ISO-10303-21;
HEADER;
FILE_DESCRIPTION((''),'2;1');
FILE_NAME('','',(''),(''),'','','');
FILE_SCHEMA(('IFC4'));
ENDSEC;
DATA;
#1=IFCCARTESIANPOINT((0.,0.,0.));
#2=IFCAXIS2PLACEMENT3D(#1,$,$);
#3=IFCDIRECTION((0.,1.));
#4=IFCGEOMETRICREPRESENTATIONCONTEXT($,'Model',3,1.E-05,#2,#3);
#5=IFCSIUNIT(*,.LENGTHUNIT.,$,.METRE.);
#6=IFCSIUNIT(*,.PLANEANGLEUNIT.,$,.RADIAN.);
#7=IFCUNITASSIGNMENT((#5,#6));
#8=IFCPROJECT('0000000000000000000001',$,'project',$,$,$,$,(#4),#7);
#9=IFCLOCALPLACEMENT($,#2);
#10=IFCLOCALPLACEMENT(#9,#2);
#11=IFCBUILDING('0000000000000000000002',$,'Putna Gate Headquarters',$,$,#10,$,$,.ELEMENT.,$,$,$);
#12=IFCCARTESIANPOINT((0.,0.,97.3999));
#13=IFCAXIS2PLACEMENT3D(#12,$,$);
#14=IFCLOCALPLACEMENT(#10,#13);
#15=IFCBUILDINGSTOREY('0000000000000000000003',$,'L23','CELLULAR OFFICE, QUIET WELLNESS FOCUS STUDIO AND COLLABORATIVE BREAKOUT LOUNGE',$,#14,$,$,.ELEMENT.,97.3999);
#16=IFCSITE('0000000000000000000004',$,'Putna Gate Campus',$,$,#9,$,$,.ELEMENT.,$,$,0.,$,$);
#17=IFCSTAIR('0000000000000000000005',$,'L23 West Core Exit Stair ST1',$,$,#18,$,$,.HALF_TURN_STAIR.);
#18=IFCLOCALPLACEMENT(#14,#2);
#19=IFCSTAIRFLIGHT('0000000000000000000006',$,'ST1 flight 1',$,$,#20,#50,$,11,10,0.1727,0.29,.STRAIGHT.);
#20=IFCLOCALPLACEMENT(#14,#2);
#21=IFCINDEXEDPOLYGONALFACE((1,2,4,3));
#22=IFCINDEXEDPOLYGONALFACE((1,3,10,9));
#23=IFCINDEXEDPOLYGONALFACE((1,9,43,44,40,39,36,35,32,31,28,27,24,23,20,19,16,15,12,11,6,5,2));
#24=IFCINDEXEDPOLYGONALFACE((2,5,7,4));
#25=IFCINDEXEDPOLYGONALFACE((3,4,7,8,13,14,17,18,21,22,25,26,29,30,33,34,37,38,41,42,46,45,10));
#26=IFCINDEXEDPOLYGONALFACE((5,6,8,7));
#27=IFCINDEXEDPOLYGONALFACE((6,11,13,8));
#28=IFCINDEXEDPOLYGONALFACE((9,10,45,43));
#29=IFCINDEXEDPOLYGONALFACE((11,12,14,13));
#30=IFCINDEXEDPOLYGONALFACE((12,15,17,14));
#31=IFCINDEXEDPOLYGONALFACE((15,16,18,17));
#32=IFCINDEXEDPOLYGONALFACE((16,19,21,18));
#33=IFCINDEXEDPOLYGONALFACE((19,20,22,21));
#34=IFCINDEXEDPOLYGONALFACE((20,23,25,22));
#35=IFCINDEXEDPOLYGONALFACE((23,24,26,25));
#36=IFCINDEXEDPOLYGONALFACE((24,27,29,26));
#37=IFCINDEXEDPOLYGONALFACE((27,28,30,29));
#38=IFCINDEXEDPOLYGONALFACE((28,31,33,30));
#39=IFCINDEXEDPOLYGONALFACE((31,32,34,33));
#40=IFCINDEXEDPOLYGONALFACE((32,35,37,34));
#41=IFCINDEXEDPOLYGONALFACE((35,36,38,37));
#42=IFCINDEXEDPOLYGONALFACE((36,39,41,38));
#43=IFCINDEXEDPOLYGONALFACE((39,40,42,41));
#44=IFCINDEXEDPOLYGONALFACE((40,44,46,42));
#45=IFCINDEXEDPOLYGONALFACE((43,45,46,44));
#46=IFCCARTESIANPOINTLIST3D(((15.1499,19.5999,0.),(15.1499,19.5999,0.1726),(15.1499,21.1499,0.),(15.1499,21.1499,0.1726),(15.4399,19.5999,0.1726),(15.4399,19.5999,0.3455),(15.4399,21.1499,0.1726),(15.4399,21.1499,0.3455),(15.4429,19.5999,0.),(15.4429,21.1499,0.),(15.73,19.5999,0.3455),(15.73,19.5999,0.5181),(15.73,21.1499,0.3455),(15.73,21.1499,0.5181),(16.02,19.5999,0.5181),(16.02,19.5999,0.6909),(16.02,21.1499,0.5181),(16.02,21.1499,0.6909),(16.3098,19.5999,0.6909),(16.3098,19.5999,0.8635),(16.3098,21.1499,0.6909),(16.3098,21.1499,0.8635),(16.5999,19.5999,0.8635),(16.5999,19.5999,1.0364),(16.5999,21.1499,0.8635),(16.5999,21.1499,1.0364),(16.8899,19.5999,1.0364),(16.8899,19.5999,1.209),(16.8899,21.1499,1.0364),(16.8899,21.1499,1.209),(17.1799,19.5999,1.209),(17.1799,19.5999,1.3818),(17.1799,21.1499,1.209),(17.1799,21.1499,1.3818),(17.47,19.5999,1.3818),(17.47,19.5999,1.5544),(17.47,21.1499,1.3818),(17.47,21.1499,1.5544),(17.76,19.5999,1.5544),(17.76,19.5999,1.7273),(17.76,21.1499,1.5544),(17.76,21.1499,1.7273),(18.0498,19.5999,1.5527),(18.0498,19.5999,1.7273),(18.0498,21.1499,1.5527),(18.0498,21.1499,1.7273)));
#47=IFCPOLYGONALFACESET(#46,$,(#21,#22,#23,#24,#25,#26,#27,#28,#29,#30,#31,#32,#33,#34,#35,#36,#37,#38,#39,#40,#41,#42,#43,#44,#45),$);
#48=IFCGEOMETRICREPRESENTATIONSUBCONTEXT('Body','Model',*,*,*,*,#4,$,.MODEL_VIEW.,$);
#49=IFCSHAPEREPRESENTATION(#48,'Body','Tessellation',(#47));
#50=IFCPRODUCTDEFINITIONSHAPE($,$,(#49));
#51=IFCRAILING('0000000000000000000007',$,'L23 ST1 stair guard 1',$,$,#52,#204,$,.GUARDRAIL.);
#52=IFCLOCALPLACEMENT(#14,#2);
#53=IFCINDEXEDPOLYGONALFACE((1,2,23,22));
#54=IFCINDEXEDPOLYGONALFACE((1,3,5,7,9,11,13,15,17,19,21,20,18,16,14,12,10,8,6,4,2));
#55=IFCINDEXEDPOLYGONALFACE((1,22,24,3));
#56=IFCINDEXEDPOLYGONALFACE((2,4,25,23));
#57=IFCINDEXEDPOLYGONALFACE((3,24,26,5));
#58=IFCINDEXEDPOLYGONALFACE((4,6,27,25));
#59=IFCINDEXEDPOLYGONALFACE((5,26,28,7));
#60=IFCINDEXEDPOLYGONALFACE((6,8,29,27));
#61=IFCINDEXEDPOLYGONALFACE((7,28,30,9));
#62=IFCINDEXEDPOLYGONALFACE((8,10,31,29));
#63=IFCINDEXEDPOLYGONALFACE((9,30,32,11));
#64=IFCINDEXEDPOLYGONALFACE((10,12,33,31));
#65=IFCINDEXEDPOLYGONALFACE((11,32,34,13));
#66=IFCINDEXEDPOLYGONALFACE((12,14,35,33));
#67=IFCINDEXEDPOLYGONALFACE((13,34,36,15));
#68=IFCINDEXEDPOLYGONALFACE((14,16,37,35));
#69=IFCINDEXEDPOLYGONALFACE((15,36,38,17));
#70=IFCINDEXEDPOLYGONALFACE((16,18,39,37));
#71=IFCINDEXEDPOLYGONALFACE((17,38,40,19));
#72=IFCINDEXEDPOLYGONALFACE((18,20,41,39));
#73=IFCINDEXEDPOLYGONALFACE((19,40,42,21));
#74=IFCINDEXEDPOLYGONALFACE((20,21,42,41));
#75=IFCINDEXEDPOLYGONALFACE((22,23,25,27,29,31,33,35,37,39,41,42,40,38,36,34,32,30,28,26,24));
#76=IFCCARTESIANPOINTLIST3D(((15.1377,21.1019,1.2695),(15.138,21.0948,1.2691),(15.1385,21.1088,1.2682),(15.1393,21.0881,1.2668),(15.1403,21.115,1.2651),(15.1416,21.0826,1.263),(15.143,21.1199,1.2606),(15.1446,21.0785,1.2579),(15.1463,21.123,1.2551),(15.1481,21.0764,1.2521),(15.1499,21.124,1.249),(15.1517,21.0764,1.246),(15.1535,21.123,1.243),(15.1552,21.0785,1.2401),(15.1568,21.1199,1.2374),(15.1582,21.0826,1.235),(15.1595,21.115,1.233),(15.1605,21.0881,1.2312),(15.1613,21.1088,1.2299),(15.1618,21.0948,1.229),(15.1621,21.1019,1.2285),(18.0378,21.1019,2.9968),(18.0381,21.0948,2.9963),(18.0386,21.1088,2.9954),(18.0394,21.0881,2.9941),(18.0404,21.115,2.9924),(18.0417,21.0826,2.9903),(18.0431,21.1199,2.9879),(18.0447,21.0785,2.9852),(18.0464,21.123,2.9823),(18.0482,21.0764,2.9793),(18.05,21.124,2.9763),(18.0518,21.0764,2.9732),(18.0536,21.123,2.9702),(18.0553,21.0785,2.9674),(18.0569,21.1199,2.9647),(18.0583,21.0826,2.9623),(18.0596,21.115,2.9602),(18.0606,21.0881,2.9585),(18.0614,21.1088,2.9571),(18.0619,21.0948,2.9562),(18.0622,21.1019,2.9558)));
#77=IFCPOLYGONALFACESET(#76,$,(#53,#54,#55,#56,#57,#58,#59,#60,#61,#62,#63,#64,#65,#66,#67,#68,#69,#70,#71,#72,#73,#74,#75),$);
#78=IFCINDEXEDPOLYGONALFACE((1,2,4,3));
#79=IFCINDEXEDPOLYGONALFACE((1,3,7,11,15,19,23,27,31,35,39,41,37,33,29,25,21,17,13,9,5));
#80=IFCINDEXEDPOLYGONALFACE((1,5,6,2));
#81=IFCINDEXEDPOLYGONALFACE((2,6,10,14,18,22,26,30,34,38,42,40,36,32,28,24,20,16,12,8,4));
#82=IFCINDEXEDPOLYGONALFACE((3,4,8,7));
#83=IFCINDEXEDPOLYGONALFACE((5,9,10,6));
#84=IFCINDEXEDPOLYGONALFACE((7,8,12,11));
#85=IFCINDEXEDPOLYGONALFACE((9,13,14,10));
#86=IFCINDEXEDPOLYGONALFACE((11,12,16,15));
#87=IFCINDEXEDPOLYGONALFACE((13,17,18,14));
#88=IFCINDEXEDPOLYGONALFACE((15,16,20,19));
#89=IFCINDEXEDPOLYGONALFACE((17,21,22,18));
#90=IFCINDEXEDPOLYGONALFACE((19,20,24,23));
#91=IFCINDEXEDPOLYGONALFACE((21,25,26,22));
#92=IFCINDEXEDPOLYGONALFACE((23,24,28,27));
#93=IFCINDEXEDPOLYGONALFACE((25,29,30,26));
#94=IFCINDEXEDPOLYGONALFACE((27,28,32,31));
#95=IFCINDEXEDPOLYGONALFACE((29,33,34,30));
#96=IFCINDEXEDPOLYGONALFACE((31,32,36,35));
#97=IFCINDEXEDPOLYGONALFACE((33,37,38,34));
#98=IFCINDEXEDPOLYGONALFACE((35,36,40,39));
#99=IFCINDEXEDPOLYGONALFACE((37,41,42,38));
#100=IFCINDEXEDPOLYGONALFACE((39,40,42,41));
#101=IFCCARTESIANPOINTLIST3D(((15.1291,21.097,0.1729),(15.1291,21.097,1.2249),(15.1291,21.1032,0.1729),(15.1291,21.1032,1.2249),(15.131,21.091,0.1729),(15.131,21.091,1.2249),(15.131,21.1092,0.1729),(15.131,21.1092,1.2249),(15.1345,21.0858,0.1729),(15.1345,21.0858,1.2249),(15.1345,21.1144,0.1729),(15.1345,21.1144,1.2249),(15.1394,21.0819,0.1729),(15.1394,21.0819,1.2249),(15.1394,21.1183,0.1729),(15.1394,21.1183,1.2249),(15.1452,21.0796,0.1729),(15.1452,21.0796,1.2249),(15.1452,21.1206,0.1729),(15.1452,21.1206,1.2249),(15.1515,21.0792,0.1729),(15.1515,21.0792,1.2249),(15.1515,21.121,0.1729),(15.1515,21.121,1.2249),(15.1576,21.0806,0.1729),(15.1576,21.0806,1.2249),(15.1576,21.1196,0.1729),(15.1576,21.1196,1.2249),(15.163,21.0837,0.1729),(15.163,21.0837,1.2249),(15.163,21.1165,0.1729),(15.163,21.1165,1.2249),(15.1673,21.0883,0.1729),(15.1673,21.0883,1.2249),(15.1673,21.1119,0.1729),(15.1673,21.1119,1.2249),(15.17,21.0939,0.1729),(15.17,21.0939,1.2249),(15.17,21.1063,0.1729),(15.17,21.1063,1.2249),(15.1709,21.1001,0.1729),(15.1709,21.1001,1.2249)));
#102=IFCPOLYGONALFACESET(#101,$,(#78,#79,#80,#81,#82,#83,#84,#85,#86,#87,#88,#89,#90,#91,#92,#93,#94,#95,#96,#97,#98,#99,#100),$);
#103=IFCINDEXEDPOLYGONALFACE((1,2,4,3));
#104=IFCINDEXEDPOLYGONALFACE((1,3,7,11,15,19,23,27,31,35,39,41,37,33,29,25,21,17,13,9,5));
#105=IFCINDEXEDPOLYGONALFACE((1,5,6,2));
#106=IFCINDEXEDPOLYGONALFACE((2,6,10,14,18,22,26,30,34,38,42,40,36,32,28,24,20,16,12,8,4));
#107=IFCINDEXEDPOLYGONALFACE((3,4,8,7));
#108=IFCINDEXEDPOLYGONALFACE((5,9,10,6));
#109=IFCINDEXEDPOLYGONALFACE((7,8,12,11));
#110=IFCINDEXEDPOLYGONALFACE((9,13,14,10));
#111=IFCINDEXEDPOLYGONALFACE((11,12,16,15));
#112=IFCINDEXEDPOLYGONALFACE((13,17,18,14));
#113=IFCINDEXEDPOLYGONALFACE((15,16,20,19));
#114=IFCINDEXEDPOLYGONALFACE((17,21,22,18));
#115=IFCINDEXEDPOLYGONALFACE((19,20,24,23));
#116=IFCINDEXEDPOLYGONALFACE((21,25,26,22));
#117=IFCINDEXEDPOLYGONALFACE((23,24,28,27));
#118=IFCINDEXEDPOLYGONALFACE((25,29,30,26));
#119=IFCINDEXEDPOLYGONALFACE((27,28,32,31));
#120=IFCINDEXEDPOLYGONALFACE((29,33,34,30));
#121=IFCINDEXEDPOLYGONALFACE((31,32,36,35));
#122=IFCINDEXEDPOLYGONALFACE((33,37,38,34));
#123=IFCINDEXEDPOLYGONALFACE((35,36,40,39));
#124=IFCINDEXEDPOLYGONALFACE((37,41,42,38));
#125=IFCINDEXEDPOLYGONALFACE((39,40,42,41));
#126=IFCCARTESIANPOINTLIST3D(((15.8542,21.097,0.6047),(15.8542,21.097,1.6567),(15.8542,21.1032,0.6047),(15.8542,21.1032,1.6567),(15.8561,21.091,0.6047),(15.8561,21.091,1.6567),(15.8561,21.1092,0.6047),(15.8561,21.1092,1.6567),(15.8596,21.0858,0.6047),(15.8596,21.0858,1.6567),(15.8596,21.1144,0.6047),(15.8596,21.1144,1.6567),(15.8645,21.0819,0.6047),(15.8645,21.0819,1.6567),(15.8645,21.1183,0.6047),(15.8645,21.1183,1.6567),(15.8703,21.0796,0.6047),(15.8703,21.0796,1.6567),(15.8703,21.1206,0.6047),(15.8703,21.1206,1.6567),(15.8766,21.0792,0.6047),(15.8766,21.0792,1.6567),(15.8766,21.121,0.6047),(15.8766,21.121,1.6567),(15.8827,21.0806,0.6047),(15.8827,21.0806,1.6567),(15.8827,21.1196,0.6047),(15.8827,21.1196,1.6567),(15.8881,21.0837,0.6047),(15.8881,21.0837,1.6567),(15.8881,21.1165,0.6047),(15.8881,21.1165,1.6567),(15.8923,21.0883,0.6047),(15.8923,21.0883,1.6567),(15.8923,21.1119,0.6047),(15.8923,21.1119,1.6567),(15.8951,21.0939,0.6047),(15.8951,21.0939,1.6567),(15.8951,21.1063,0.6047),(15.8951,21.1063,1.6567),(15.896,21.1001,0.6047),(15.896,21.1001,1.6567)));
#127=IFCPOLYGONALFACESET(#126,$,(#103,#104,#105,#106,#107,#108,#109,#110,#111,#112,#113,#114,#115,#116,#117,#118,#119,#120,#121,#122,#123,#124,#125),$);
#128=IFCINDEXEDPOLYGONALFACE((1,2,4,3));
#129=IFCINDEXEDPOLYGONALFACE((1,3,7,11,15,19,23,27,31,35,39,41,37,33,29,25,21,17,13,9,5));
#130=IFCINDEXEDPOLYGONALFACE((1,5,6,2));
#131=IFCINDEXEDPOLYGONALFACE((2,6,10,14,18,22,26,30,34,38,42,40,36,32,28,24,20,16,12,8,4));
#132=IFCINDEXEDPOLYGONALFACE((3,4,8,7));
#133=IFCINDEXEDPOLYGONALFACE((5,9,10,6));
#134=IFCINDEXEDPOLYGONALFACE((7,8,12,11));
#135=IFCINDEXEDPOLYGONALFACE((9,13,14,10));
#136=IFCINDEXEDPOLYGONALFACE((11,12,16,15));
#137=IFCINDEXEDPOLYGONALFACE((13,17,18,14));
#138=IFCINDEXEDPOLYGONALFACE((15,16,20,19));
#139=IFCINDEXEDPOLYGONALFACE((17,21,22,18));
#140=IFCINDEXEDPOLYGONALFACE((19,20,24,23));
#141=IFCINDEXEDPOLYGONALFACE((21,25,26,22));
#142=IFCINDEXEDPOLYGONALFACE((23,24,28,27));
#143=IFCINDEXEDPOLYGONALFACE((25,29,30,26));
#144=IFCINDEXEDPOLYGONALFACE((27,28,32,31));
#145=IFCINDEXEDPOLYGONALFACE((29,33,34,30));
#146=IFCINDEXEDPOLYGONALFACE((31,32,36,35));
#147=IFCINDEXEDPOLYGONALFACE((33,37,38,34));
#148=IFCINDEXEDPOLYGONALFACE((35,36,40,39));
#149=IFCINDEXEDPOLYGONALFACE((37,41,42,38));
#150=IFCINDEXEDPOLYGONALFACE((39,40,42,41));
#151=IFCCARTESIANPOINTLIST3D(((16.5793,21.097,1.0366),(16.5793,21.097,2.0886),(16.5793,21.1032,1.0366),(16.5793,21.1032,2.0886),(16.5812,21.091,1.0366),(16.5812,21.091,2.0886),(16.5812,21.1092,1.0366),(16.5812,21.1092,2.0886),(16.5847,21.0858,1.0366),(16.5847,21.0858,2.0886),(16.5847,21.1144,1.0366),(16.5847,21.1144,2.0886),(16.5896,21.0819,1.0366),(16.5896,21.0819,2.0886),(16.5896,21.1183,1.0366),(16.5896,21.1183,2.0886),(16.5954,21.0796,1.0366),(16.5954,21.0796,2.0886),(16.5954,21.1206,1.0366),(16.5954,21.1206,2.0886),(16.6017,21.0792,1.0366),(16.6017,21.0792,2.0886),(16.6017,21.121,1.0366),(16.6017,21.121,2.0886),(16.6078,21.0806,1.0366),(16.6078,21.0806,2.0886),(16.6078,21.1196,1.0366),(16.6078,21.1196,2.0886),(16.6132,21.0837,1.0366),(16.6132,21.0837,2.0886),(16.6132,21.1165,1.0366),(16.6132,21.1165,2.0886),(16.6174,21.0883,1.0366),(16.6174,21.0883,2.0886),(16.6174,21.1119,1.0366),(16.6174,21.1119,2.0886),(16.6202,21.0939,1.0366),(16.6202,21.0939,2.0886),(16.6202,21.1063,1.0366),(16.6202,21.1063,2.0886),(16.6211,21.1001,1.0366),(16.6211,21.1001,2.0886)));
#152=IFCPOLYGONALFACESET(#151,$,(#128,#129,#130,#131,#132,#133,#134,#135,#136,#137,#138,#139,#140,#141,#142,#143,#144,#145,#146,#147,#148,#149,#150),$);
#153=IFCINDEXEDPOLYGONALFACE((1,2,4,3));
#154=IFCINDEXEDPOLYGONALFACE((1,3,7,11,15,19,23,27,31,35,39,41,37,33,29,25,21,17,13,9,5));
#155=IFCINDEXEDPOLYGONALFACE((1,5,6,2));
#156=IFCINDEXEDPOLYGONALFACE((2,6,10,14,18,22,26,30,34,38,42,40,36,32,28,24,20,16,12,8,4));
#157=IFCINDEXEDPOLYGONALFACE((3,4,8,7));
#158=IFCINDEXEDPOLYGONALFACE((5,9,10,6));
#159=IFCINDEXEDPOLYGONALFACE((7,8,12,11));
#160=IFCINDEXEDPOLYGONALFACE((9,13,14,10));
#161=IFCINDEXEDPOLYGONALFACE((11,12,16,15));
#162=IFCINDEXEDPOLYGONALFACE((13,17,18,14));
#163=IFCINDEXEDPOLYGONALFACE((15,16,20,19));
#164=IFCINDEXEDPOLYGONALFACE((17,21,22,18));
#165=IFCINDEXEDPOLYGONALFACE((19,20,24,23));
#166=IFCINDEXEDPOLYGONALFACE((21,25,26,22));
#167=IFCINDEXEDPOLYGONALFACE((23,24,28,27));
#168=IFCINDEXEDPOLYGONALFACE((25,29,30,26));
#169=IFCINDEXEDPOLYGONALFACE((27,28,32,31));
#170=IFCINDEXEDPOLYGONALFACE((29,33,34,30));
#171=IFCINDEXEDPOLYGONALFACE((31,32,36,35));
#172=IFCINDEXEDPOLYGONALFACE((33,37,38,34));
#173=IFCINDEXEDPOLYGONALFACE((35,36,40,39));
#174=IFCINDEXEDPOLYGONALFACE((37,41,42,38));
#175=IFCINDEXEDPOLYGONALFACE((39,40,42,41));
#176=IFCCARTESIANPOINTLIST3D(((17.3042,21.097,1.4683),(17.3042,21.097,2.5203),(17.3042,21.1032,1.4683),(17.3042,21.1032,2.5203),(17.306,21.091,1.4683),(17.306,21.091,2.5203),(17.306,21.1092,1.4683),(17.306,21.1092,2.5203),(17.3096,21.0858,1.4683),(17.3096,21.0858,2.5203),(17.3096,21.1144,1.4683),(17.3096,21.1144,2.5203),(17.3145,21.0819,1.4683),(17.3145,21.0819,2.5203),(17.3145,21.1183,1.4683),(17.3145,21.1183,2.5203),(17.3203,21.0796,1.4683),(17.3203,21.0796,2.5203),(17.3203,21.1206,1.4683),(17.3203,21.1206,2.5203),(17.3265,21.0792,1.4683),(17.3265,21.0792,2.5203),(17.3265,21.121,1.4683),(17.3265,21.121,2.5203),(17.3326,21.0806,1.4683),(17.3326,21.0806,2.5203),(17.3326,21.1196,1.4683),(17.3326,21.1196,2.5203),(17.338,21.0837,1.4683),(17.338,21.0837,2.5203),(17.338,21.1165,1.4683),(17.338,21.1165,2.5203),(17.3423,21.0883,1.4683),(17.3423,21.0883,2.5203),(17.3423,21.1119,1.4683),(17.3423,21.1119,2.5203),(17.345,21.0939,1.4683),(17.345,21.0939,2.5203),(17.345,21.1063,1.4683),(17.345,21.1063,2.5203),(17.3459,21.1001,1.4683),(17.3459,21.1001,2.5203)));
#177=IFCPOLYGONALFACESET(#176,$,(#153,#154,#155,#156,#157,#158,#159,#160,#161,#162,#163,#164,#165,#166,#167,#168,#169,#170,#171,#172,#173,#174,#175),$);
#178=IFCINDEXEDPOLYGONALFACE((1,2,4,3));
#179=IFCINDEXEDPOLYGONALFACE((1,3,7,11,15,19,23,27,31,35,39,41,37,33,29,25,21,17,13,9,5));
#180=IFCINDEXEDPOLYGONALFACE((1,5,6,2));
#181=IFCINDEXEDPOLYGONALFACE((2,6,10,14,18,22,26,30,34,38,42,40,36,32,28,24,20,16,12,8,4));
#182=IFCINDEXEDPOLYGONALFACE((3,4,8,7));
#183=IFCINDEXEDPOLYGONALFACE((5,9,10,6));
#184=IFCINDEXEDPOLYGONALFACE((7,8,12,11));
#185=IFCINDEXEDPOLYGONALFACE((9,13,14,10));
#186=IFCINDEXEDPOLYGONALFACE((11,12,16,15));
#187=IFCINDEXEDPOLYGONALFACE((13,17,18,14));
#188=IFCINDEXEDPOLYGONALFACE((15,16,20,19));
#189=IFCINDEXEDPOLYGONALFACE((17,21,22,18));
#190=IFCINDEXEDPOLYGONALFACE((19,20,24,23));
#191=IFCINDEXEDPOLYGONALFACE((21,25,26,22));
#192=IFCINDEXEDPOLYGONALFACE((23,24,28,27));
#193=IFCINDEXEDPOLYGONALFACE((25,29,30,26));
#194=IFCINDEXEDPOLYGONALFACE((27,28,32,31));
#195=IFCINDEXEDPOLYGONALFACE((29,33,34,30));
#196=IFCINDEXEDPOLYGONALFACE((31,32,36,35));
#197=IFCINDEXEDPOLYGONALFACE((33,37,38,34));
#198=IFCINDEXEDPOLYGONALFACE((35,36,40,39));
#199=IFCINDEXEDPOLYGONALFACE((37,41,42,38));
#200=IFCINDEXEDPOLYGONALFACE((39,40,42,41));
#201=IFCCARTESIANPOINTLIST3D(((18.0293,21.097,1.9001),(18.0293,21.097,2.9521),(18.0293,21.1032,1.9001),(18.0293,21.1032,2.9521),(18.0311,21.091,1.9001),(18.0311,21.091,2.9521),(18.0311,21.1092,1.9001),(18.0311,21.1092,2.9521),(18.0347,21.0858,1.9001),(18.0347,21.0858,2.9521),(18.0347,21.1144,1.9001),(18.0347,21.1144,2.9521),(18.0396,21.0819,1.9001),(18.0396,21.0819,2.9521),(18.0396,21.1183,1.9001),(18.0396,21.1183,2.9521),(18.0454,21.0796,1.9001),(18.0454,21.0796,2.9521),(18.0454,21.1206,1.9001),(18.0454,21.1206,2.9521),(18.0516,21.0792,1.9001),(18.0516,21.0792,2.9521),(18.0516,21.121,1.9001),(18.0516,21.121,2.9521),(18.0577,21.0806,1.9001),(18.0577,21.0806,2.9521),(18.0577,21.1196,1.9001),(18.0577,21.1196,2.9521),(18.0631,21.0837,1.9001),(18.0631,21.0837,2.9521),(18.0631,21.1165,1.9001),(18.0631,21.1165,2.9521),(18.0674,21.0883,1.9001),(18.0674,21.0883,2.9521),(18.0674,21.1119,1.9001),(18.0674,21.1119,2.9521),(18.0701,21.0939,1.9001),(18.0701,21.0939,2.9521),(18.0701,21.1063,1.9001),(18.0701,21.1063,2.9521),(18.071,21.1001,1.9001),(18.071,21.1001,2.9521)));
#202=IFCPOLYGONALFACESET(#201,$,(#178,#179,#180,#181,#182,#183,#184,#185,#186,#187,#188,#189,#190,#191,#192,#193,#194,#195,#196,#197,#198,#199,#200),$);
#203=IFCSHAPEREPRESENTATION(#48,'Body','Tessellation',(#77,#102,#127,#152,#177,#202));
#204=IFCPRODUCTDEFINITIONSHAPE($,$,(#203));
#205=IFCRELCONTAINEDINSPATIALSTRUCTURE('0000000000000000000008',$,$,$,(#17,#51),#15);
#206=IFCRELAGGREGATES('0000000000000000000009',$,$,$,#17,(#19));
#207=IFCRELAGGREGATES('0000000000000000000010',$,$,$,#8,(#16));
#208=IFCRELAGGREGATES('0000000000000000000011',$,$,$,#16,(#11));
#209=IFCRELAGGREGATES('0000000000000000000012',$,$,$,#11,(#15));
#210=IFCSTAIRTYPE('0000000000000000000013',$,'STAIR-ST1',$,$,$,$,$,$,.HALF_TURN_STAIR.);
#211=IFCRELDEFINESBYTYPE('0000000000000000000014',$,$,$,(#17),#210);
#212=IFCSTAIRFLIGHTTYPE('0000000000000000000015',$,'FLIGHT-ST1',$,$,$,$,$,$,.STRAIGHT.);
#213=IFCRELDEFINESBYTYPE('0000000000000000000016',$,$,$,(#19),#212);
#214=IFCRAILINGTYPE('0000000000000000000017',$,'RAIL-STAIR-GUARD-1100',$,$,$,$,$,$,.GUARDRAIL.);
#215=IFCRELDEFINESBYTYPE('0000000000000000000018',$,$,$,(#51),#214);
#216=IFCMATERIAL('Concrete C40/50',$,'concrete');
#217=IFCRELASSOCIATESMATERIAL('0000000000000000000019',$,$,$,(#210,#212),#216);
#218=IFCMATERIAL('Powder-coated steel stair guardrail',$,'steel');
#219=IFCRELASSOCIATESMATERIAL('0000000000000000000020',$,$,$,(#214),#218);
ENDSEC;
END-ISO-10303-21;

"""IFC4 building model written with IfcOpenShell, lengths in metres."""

from ifc_helpers import new_model, si_unit, direction, frame, origin, origin_2d, place, context, subcontext, project, spatial, polyline, circle, outline, extrude, material, type_object, element, aggregate, save


model = new_model("IFC4")

# Units and contexts
model_context = context("Model", 3, precision=1e-05, world=origin(), true_north=direction((0.0, 1.0)))
body_context = subcontext(model_context, "Body", "Model", "MODEL_VIEW")
ifc_project = project(units=[si_unit("LENGTHUNIT", "METRE"), si_unit("PLANEANGLEUNIT", "RADIAN")], contexts=[model_context])

# Site, building, storey
site_placement = place(None, origin())
site = spatial("IfcSite", under=ifc_project, at=site_placement, Name="Putna Gate Campus", CompositionType="ELEMENT", RefElevation=0.0)
building_placement = place(site_placement, origin())
building = spatial("IfcBuilding", under=site, at=building_placement, Name="Putna Gate Headquarters", CompositionType="ELEMENT")
storey_placement = place(building_placement, frame((0.0, 0.0, 97.3999)))
storey = spatial("IfcBuildingStorey", under=building, at=storey_placement, Name="L23", Description="CELLULAR OFFICE, QUIET WELLNESS FOCUS STUDIO AND COLLABORATIVE BREAKOUT LOUNGE", CompositionType="ELEMENT", Elevation=97.3999)

# Shared definitions
ifc_material_1 = material(Name="Concrete C40/50", Category="concrete")

# Stair, stair flight
stair_type = type_object("IfcStairType", Name="STAIR-ST1", PredefinedType="HALF_TURN_STAIR", material=ifc_material_1)
stair_placement = place(storey_placement, origin())
stair = element("IfcStair", 1, at=stair_placement, inside=storey, type_object=stair_type, Name="L23 West Core Exit Stair ST1", PredefinedType="HALF_TURN_STAIR")
stair_flight_type = type_object("IfcStairFlightType", Name="FLIGHT-ST1", PredefinedType="STRAIGHT", material=ifc_material_1)
stair_flight_placement = place(storey_placement, frame((15.1499, 20.375, 0.0), z_axis=(0.0, 0.0, 1.0), x_axis=(1.0, 0.0, 0.0)))
stair_flight = element("IfcStairFlight", 2, at=stair_flight_placement, type_object=stair_flight_type, Name="ST1 flight 1", NumberOfRisers=11, NumberOfTreads=10, PredefinedType="STRAIGHT", RiserHeight=0.1727, TreadLength=0.29, context=body_context, shape_type="SweptSolid", body=[
    extrude(outline(polyline([(0.0, 0.0), (0.0, 0.1726), (0.29, 0.1726), (0.29, 0.3455), (0.5801, 0.3455), (0.5801, 0.5181), (0.8701, 0.5181), (0.8701, 0.6909), (1.1599, 0.6909), (1.1599, 0.8635), (1.45, 0.8635), (1.45, 1.0364), (1.74, 1.0364), (1.74, 1.209), (2.03, 1.209), (2.03, 1.3818), (2.3201, 1.3818), (2.3201, 1.5544), (2.6101, 1.5544), (2.6101, 1.7273), (2.8999, 1.7273), (2.8999, 1.8999), (2.8999, 1.5527), (0.293, 0.0), (0.0, 0.0)])), frame((0.0, 0.7749, 0.0), z_axis=(0.0, -1.0, 0.0), x_axis=(1.0, 0.0, 0.0)), (0.0, 0.0, 1.0), 1.55),
])
aggregate(stair, [stair_flight])

# Railing
ifc_material_2 = material(Name="Powder-coated steel stair guardrail", Category="steel")
railing_type_1 = type_object("IfcRailingType", Name="RAIL-STAIR-GUARD-1100", PredefinedType="GUARDRAIL", material=ifc_material_2)
railing_1_placement = place(storey_placement, frame((15.1499, 21.1001, 0.1729)))
element("IfcRailing", 3, at=railing_1_placement, inside=storey, type_object=railing_type_1, Name="L23 ST1 stair guard 1", PredefinedType="GUARDRAIL", context=body_context, shape_type="SweptSolid", body=[
    extrude(circle(Radius=0.0239, at=origin_2d()), frame((0.0, 0.0, 1.0762), z_axis=(0.85916, 0.0, 0.511706), x_axis=(0.0, 1.0, 0.0)), (0.0, 0.0, 1.0), 3.3755),
    extrude(circle(Radius=0.021, at=origin_2d()), origin(), (0.0, 0.0, 1.0), 1.052),
    extrude(circle(Radius=0.021, at=origin_2d()), frame((0.7251, 0.0, 0.4319)), (0.0, 0.0, 1.0), 1.052),
    extrude(circle(Radius=0.021, at=origin_2d()), frame((1.4502, 0.0, 0.8638)), (0.0, 0.0, 1.0), 1.052),
    extrude(circle(Radius=0.021, at=origin_2d()), frame((2.175, 0.0, 1.2954)), (0.0, 0.0, 1.0), 1.052),
    extrude(circle(Radius=0.021, at=origin_2d()), frame((2.9001, 0.0, 1.7273)), (0.0, 0.0, 1.0), 1.052),
])

save(model, "model.ifc")
